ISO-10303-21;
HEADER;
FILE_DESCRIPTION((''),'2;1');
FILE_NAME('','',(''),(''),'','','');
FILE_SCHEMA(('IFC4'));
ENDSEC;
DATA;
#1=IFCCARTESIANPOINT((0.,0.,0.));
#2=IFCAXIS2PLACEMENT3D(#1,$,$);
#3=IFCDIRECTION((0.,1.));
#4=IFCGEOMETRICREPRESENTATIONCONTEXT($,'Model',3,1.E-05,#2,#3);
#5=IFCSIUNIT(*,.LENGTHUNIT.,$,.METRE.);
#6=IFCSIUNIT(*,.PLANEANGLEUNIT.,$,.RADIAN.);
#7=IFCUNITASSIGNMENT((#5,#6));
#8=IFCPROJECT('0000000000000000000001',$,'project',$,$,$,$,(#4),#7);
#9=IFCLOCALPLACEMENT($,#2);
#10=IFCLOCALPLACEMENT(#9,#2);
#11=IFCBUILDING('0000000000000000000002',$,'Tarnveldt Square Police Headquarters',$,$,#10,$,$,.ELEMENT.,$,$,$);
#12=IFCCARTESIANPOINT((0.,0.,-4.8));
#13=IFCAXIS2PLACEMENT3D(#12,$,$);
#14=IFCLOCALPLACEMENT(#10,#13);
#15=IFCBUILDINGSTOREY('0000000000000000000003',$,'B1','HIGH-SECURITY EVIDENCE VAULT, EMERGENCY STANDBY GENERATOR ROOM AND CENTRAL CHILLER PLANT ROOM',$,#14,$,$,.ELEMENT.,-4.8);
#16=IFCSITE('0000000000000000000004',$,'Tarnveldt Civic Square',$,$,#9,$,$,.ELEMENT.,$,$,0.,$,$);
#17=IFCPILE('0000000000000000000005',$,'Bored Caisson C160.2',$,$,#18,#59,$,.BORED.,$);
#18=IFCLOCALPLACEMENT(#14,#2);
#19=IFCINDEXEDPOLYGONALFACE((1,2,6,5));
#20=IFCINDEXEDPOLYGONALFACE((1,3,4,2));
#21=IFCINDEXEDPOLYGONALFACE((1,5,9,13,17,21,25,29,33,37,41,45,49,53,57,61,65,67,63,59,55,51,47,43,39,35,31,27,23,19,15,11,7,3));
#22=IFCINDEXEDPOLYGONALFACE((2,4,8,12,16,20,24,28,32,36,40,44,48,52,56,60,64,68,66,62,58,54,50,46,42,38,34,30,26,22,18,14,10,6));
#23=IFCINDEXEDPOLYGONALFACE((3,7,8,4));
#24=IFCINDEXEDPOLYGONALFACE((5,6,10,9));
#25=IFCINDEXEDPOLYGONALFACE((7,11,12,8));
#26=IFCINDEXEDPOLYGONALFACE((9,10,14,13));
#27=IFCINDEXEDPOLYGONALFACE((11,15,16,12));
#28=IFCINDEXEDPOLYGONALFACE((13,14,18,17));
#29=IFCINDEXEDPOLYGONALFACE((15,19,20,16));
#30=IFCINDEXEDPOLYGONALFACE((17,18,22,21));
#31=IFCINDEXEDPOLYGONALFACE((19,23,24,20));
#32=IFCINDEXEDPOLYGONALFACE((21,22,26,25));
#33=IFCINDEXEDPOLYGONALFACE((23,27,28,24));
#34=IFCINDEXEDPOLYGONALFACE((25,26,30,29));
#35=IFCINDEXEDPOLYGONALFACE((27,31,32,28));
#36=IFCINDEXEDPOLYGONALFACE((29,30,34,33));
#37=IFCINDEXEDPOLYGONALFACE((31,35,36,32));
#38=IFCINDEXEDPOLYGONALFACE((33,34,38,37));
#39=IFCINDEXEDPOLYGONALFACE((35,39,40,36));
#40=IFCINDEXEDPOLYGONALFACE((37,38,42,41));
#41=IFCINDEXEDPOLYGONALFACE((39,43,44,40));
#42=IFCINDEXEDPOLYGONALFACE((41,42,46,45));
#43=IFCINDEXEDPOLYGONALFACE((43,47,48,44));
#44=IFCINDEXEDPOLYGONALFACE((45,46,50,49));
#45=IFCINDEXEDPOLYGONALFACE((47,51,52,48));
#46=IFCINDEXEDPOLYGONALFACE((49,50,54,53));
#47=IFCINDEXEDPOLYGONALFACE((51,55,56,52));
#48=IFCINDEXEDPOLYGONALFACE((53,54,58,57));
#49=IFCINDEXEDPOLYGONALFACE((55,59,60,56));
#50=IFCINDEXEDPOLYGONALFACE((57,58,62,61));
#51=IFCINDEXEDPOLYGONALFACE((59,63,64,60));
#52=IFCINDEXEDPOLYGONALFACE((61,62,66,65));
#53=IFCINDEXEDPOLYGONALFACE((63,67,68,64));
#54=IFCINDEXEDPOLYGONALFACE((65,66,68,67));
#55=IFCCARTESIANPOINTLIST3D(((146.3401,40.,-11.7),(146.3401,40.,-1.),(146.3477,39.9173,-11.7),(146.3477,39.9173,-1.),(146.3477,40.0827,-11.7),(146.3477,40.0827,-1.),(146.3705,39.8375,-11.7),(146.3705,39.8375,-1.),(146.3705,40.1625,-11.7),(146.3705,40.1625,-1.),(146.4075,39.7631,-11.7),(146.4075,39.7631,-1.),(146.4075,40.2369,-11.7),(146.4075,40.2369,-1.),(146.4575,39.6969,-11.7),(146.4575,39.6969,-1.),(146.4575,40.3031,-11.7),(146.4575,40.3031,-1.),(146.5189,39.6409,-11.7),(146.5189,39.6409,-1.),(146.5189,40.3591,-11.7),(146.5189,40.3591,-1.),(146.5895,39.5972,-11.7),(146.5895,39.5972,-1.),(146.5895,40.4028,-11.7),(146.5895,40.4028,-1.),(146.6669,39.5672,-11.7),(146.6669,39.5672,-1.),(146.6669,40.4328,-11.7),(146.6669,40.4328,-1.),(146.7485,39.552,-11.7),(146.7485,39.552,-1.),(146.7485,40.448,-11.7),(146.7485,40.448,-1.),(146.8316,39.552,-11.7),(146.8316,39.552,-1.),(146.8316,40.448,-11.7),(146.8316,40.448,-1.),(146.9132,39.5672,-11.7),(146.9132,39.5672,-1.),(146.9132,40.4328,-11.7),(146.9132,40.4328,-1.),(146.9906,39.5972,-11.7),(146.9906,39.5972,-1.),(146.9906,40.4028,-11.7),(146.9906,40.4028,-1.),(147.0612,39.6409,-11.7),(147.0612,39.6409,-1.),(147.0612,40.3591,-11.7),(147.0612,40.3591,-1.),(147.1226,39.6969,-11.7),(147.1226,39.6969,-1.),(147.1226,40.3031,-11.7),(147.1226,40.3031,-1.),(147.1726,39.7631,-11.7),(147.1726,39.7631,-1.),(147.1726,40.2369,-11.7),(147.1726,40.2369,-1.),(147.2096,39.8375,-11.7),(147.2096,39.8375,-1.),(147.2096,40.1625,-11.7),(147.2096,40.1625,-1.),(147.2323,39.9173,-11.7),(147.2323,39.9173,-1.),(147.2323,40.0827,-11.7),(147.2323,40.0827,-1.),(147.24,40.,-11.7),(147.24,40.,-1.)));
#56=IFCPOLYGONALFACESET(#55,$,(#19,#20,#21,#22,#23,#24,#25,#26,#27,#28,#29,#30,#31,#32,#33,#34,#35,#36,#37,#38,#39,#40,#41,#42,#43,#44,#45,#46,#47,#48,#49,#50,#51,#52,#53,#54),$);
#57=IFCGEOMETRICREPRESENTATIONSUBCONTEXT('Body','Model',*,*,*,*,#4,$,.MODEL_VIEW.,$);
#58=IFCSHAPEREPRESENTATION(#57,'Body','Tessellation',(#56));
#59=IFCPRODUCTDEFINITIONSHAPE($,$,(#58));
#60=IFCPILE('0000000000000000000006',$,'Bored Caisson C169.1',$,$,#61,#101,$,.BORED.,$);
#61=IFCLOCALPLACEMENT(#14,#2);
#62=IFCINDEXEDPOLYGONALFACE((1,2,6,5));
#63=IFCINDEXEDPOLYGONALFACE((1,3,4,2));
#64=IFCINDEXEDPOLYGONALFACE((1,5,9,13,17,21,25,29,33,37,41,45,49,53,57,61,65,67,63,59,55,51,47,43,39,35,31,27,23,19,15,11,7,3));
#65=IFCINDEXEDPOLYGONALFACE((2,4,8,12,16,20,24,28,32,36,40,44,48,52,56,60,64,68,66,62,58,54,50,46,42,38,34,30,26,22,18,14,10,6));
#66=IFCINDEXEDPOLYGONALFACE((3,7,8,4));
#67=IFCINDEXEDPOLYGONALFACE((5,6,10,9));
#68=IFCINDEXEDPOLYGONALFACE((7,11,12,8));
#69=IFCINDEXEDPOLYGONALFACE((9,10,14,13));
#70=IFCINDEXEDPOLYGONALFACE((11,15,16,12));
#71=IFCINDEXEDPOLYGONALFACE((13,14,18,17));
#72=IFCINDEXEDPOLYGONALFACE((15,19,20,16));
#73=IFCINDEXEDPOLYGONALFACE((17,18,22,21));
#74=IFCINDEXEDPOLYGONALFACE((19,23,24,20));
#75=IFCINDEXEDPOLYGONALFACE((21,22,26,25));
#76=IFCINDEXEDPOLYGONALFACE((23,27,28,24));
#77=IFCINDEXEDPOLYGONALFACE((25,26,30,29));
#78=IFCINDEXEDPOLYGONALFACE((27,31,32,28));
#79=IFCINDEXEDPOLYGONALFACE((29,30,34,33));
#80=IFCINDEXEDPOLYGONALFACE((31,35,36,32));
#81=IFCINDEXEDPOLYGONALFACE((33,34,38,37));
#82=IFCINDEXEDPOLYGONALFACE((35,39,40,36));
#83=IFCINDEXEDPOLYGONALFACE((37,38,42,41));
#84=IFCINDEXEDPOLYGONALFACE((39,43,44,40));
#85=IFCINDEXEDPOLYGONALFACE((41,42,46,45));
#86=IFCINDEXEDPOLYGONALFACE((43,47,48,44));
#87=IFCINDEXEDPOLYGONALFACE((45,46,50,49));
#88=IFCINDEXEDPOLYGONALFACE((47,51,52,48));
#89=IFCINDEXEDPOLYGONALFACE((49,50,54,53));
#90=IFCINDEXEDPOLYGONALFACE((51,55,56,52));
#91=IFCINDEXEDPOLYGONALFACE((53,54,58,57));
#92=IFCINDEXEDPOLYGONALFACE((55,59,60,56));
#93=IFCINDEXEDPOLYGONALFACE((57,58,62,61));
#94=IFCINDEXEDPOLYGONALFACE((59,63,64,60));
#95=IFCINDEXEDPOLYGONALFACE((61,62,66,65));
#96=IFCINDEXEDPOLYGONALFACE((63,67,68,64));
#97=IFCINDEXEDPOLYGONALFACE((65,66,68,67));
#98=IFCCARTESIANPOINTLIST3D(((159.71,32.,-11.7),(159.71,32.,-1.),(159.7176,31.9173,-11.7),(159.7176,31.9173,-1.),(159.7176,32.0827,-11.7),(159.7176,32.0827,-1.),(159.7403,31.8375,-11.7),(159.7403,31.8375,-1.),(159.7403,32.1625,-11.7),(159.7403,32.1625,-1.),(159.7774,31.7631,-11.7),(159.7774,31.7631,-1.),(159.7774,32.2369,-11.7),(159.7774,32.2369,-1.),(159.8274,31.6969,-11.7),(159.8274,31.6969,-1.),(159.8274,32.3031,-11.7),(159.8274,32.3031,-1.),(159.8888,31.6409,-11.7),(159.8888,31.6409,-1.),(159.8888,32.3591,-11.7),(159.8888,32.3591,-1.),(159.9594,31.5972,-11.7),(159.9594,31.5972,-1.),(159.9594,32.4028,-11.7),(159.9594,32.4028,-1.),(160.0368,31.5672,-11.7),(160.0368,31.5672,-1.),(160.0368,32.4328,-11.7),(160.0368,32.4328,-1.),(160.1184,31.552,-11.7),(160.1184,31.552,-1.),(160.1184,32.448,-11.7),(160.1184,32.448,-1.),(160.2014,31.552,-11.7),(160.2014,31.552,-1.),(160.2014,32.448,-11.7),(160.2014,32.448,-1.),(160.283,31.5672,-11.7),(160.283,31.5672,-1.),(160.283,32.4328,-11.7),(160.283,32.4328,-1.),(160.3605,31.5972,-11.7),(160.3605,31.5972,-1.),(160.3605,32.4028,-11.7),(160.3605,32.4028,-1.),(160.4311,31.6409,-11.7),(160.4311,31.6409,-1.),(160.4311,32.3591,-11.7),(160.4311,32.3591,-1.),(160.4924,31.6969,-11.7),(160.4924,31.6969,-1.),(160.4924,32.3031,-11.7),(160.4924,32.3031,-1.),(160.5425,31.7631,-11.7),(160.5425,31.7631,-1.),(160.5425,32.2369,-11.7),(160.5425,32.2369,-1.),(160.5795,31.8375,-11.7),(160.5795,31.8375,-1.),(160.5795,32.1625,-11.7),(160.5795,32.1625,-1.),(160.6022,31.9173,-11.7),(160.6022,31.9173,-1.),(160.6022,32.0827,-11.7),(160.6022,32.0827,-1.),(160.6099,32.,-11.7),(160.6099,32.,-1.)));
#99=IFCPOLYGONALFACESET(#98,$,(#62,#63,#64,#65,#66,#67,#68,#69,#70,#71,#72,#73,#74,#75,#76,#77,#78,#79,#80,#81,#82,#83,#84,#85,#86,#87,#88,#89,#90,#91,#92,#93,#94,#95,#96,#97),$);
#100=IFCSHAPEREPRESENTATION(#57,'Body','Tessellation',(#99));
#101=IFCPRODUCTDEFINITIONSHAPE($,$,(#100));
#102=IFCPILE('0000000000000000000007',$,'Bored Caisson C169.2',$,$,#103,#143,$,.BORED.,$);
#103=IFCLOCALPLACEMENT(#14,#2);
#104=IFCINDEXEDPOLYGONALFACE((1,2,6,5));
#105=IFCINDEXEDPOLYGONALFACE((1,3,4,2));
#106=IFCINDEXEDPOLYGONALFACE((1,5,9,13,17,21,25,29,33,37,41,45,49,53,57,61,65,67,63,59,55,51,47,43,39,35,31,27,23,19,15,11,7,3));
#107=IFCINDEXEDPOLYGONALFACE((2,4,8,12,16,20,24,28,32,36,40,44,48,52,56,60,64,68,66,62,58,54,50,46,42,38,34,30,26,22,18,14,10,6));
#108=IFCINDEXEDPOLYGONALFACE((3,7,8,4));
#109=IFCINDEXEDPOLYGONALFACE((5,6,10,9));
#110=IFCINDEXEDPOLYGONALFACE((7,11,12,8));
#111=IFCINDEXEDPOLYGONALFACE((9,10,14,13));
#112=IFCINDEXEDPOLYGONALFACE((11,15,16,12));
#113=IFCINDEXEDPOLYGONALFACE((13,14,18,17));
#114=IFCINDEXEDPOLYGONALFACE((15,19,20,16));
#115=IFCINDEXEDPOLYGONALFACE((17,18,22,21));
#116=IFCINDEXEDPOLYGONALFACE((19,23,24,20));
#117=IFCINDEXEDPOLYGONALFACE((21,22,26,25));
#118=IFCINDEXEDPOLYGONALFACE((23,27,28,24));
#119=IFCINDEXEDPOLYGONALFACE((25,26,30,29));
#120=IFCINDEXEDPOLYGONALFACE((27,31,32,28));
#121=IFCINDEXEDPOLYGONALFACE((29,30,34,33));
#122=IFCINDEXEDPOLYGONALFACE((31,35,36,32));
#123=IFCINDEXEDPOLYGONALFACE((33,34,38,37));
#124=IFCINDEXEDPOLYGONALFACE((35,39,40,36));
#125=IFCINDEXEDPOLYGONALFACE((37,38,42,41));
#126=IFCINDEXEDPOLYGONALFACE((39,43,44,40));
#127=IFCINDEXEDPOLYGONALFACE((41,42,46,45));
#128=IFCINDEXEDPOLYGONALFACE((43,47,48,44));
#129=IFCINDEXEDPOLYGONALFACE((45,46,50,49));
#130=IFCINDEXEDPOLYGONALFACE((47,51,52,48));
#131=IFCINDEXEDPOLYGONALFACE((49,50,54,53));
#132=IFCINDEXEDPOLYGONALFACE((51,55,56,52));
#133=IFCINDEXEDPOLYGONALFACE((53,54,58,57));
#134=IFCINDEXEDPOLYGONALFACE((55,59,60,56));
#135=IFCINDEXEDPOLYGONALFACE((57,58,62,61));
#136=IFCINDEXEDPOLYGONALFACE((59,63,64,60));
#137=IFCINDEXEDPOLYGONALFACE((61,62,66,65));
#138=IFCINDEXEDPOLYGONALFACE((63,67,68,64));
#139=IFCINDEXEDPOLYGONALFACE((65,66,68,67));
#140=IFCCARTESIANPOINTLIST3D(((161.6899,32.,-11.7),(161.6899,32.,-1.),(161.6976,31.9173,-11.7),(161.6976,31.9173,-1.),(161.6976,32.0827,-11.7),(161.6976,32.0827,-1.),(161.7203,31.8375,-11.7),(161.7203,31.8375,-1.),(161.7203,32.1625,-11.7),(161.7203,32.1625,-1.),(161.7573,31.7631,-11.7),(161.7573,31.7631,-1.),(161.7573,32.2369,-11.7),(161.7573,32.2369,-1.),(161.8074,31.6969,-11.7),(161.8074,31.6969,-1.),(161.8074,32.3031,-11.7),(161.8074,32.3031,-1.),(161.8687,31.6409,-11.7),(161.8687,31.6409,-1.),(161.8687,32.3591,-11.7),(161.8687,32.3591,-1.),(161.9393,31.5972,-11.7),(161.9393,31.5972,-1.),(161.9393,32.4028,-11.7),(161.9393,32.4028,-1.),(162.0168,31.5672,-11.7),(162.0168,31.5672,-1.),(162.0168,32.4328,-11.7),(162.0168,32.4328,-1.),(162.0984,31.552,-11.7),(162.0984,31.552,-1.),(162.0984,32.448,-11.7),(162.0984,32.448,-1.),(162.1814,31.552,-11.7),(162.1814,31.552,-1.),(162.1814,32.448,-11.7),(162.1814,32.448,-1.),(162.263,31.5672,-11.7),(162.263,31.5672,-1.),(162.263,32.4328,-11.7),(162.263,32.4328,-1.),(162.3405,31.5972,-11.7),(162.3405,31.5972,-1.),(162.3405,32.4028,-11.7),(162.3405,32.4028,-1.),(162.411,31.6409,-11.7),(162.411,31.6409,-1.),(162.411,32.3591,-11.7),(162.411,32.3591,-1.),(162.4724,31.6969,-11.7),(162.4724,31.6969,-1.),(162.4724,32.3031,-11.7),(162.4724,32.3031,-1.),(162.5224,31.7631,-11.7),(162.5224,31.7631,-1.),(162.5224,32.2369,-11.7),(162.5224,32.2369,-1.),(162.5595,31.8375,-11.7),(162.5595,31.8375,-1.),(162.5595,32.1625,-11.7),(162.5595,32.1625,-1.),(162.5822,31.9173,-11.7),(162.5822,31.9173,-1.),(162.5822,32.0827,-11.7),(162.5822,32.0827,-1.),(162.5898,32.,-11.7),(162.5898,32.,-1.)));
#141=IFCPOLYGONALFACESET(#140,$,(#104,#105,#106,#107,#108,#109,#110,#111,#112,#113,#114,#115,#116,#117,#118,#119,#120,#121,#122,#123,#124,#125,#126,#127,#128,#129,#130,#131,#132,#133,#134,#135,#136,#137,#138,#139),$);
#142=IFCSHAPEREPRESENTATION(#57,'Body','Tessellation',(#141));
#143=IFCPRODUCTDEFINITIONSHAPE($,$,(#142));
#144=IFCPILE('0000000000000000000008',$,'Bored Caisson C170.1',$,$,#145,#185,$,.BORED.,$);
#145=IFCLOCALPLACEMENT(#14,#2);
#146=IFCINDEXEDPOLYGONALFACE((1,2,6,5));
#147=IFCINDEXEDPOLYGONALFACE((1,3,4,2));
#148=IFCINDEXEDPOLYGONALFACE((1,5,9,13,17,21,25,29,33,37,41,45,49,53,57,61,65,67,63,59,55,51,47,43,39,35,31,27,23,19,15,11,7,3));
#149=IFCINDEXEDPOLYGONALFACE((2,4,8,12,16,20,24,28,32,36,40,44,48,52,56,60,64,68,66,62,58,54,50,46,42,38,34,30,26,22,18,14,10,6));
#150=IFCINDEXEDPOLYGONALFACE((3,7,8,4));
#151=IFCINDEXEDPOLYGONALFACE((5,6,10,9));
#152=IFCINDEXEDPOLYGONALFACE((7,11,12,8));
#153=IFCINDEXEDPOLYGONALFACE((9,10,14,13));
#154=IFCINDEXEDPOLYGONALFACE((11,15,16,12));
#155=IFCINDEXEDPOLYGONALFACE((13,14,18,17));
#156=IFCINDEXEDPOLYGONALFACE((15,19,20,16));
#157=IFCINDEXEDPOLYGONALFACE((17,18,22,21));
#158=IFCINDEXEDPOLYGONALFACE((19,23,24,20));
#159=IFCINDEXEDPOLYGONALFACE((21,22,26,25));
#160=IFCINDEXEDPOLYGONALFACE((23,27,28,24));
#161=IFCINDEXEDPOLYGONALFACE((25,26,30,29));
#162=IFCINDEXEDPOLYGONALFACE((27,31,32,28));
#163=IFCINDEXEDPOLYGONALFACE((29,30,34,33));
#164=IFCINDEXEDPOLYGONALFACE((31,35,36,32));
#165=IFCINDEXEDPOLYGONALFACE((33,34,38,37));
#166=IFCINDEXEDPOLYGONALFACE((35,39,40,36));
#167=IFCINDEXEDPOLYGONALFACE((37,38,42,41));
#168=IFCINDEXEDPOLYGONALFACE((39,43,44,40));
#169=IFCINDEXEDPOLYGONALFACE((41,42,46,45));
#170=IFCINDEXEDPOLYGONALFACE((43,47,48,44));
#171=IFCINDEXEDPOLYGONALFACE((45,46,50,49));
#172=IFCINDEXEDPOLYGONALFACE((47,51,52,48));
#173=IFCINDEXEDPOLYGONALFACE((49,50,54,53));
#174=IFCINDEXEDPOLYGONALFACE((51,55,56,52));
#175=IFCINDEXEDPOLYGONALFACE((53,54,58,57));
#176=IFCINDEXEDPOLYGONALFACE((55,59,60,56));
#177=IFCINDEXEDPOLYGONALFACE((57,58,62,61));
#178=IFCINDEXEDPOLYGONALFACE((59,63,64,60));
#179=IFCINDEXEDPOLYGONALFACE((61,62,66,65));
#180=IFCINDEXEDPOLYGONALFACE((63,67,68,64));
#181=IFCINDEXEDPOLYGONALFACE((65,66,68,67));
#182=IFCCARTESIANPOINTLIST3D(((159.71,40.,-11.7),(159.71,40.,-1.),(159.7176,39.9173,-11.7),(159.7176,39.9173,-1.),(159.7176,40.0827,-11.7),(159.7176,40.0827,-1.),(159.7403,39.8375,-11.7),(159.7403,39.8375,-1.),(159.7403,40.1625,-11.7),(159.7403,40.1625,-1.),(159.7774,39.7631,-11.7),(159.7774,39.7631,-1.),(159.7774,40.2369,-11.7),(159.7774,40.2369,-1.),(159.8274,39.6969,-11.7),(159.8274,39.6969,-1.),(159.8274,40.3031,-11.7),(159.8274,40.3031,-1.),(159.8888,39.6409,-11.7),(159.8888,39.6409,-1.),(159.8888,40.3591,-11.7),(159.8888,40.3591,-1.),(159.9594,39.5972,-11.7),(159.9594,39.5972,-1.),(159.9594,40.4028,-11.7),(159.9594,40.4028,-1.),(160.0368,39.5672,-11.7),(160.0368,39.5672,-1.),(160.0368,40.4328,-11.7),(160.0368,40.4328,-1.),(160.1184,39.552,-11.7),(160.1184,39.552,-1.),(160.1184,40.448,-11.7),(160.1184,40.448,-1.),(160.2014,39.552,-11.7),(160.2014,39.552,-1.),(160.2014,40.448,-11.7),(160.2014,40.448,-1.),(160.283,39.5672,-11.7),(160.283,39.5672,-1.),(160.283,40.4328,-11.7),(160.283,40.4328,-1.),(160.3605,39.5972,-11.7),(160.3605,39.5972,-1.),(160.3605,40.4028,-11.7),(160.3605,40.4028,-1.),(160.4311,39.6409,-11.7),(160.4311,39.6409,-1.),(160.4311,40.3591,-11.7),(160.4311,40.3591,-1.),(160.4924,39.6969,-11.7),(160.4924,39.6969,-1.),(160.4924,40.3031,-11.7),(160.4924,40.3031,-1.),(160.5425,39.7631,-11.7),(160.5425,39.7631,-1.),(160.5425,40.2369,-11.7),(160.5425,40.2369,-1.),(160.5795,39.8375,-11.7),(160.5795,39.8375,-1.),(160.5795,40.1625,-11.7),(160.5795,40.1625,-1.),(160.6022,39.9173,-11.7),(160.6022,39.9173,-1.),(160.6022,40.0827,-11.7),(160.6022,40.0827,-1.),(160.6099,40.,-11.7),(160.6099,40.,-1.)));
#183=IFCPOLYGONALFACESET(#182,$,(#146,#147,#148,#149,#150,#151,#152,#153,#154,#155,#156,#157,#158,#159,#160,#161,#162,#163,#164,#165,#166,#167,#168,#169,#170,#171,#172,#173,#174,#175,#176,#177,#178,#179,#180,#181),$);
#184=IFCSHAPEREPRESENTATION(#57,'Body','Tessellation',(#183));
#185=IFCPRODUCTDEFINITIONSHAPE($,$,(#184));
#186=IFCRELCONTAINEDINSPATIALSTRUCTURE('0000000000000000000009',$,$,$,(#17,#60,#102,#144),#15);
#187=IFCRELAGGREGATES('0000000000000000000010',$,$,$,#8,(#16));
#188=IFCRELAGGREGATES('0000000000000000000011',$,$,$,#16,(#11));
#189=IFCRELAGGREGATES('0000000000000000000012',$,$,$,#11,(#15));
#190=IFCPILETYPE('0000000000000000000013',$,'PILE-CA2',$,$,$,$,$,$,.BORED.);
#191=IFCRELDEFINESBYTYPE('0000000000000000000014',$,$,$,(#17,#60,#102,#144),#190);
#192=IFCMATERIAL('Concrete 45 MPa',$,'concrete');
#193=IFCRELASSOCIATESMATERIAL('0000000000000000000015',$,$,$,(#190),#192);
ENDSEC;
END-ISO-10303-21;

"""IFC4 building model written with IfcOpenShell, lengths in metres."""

from ifc_helpers import new_model, si_unit, direction, frame, origin, origin_2d, place, context, subcontext, project, spatial, circle, extrude, material, material_profile, profile_set, type_object, element, save


model = new_model("IFC4")

# Units and contexts
model_context = context("Model", 3, precision=1e-05, world=origin(), true_north=direction((0.0, 1.0)))
body_context = subcontext(model_context, "Body", "Model", "MODEL_VIEW")
ifc_project = project(units=[si_unit("LENGTHUNIT", "METRE"), si_unit("PLANEANGLEUNIT", "RADIAN")], contexts=[model_context])

# Site, building, storey
site_placement = place(None, origin())
site = spatial("IfcSite", under=ifc_project, at=site_placement, Name="Tarnveldt Civic Square", CompositionType="ELEMENT", RefElevation=0.0)
building_placement = place(site_placement, origin())
building = spatial("IfcBuilding", under=site, at=building_placement, Name="Tarnveldt Square Police Headquarters", CompositionType="ELEMENT")
storey_placement = place(building_placement, frame((0.0, 0.0, -4.8)))
storey = spatial("IfcBuildingStorey", under=building, at=storey_placement, Name="B1", Description="HIGH-SECURITY EVIDENCE VAULT, EMERGENCY STANDBY GENERATOR ROOM AND CENTRAL CHILLER PLANT ROOM", CompositionType="ELEMENT", Elevation=-4.8)

# Shared definitions
ifc_material_1 = material(Name="Concrete 45 MPa", Category="concrete")

# Piles
ifc_material_profile_1 = material_profile(ifc_material_1, circle(Radius=0.45, at=origin_2d()), Name="CAISSON-D900")
ifc_profile_set_1 = profile_set([ifc_material_profile_1], Name="Concrete 45 MPa")
pile_type_1 = type_object("IfcPileType", Name="PILE-CA2", PredefinedType="BORED", material=ifc_profile_set_1)
for number, where, z_axis, x_axis, name in (
    (1, (146.79, 40.0, -1.0), (0.0, 0.0, -1.0), (1.0, 0.0, 0.0), "Bored Caisson C160.2"),
    (2, (160.1599, 32.0, -1.0), (0.0, 0.0, -1.0), (1.0, 0.0, 0.0), "Bored Caisson C169.1"),
    (3, (162.1399, 32.0, -1.0), (0.0, 0.0, -1.0), (1.0, 0.0, 0.0), "Bored Caisson C169.2"),
    (4, (160.1599, 40.0, -1.0), (0.0, 0.0, -1.0), (1.0, 0.0, 0.0), "Bored Caisson C170.1"),
):
    element("IfcPile", number, at=place(storey_placement, frame(where, z_axis=z_axis, x_axis=x_axis)), inside=storey, type_object=pile_type_1, Name=name, PredefinedType="BORED", context=body_context, shape_type="SweptSolid", body=[
        extrude(circle(Radius=0.45, at=origin_2d()), origin(), (0.0, 0.0, 1.0), 10.7),
    ])

save(model, "model.ifc")
